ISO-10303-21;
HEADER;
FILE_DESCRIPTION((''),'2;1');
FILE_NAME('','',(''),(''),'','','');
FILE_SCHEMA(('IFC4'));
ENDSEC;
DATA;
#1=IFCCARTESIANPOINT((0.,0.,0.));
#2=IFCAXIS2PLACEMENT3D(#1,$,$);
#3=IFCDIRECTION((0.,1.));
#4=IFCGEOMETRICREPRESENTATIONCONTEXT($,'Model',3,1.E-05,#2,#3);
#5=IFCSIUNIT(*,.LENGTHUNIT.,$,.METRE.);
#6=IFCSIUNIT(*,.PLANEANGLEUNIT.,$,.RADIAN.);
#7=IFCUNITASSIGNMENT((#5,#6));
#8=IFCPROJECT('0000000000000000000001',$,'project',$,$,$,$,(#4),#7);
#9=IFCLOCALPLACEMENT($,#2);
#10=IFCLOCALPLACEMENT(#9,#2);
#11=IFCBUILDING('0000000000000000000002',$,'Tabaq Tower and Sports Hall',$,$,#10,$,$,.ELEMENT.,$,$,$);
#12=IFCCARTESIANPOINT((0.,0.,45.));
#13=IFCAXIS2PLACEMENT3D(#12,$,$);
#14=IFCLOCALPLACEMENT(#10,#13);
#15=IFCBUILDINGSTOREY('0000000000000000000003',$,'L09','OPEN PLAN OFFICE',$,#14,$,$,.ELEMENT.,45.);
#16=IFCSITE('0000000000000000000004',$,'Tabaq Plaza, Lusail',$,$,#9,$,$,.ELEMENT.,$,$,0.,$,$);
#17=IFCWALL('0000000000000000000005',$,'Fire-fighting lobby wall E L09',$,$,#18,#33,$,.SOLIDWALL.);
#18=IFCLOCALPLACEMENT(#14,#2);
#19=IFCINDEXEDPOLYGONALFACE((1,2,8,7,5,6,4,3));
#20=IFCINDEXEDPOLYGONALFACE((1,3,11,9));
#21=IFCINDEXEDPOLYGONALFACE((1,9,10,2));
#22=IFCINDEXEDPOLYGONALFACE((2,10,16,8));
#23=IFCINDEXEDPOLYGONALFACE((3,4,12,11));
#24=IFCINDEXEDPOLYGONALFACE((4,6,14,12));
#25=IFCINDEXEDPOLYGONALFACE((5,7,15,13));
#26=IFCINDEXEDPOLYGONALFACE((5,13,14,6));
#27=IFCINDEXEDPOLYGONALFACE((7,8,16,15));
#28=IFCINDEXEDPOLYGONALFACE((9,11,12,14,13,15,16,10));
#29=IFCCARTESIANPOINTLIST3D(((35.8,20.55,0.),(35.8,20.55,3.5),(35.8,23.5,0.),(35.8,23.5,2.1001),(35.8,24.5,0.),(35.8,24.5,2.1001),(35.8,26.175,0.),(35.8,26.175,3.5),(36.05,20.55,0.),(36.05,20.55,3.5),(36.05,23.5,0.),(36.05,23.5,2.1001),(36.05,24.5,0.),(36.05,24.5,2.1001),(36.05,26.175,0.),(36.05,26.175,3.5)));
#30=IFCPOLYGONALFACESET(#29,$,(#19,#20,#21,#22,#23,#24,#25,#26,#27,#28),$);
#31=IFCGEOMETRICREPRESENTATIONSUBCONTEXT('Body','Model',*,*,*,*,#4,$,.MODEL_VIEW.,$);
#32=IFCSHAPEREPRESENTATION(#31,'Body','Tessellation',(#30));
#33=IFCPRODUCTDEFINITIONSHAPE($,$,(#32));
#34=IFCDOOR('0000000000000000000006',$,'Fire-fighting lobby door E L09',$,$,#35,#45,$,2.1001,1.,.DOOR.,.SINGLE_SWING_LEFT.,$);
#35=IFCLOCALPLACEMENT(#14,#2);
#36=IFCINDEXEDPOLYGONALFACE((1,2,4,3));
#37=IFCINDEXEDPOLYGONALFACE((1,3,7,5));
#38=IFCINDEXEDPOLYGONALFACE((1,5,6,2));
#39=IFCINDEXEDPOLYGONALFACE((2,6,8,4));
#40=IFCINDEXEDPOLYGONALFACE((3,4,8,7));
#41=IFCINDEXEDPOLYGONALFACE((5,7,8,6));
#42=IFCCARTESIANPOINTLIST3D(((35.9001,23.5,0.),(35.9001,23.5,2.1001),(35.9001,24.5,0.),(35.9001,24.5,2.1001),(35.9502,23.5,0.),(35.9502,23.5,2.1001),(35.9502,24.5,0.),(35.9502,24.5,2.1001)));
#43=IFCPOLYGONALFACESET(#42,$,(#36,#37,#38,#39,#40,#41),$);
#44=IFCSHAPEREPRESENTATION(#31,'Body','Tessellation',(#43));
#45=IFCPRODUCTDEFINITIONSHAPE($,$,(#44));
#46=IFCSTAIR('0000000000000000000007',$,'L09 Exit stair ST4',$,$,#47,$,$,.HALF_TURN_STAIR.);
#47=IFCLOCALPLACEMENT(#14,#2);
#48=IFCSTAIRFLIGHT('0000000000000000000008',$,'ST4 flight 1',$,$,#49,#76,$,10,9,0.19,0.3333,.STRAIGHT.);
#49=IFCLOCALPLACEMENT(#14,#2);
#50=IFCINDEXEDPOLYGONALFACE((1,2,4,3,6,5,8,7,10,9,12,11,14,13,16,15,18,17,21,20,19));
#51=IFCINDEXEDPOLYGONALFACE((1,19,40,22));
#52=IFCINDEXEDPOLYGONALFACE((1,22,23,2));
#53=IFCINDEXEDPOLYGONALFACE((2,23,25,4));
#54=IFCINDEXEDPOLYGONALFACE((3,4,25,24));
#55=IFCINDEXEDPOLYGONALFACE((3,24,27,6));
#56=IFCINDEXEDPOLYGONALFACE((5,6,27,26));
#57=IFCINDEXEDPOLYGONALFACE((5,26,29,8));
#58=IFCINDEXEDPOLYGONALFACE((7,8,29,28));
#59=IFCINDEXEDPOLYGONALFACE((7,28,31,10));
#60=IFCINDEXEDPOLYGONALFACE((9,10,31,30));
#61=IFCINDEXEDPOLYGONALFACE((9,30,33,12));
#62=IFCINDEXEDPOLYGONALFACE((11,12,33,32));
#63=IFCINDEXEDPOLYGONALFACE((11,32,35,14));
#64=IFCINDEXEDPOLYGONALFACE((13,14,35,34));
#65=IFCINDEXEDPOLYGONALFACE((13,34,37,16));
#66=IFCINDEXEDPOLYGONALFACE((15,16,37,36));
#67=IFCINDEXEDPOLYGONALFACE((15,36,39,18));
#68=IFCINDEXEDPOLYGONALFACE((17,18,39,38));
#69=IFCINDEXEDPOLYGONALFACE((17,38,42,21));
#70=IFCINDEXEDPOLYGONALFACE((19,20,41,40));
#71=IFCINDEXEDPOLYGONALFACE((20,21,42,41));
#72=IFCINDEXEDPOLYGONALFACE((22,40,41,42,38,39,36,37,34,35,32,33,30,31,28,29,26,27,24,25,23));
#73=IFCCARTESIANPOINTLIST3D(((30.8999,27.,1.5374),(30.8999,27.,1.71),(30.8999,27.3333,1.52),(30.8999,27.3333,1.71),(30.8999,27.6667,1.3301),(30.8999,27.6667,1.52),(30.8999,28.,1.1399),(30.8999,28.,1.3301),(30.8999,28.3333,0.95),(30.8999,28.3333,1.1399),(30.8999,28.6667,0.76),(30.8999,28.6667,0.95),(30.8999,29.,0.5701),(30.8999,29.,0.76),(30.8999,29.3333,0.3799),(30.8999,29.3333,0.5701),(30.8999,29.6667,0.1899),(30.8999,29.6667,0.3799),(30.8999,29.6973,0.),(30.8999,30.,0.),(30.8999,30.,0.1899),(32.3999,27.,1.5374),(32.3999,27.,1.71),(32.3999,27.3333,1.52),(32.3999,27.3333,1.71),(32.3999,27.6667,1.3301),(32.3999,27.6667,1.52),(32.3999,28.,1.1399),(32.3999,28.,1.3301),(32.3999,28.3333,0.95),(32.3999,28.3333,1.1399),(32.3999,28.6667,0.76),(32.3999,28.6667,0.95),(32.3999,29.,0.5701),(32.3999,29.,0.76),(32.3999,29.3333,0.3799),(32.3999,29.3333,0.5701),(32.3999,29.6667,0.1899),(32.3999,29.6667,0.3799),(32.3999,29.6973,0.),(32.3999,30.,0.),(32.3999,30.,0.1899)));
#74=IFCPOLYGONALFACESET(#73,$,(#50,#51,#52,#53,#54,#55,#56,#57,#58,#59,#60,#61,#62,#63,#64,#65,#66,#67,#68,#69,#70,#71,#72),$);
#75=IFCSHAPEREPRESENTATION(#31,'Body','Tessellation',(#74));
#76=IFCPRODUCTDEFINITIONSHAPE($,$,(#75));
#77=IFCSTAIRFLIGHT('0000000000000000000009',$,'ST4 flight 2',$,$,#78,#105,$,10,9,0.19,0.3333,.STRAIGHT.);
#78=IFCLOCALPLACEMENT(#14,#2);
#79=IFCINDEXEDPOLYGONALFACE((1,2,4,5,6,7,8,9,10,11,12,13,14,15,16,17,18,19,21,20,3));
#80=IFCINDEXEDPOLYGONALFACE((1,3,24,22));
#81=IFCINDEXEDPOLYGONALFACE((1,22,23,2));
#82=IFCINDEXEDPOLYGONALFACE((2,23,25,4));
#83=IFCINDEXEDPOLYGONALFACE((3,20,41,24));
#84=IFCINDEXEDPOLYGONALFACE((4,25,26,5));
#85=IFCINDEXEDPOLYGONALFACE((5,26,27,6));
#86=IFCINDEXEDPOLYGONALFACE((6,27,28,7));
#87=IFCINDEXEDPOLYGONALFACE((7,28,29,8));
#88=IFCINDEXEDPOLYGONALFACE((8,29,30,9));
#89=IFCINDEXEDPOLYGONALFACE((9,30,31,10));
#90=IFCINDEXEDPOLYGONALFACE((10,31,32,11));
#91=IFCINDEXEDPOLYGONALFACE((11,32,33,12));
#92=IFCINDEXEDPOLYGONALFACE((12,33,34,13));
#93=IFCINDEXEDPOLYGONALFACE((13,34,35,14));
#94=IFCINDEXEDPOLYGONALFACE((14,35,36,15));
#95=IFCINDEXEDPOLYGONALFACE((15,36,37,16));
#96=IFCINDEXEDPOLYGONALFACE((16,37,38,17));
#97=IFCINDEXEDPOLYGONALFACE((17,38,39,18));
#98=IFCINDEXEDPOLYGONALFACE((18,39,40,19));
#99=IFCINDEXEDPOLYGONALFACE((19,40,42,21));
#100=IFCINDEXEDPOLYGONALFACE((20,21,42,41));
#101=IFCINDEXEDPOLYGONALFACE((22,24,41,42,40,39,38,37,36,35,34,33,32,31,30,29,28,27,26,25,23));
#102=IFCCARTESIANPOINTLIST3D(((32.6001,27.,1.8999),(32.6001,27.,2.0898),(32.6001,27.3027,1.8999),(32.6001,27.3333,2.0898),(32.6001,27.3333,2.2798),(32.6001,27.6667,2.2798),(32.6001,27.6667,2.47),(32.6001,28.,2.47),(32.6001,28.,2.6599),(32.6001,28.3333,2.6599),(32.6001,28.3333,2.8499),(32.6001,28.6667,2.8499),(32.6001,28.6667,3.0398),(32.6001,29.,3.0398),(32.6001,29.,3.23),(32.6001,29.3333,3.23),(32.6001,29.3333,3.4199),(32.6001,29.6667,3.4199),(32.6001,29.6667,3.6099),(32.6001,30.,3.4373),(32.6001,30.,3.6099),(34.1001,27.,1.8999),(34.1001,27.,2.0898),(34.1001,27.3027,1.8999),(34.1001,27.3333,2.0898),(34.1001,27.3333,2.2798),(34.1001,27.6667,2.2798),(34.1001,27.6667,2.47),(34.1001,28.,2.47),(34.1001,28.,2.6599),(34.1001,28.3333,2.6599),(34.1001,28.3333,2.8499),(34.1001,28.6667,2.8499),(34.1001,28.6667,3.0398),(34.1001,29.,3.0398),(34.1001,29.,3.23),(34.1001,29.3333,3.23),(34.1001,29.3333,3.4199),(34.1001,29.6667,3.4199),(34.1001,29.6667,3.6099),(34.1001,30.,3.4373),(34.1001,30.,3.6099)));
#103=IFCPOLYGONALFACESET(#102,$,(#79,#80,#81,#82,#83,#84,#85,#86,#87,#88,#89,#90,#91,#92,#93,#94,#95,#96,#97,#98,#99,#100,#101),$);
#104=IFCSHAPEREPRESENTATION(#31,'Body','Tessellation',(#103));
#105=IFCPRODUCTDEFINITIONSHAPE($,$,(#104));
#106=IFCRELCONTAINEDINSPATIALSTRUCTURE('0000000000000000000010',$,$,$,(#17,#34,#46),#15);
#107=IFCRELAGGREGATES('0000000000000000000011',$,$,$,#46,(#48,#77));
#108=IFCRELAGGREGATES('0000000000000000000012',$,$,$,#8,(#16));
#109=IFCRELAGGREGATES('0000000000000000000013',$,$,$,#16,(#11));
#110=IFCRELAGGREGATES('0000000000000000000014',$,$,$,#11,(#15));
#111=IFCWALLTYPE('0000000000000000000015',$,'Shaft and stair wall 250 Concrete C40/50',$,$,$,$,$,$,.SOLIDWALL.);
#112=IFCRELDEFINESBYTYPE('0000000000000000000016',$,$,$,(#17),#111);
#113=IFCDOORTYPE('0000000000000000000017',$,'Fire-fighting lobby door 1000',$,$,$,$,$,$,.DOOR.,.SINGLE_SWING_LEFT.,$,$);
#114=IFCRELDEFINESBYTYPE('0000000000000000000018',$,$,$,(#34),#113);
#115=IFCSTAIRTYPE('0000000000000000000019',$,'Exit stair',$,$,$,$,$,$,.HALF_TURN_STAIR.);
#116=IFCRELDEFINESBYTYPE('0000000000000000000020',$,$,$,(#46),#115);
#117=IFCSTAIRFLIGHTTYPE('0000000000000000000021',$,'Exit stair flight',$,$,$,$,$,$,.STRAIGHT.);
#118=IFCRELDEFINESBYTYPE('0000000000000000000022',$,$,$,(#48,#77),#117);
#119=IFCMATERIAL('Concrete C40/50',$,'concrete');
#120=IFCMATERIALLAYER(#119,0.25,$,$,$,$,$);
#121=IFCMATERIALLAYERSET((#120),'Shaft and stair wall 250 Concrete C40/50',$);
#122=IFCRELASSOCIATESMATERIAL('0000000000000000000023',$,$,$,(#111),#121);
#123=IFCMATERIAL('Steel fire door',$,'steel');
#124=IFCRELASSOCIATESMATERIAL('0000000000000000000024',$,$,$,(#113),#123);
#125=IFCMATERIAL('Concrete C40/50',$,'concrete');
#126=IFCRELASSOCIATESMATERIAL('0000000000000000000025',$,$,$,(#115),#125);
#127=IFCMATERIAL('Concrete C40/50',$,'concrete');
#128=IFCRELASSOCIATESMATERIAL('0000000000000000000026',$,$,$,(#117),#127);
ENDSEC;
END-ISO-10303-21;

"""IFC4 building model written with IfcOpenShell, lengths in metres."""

from ifc_helpers import new_model, si_unit, direction, frame, frame_2d, origin, place, context, subcontext, project, spatial, polyline, rectangle, outline, extrude, material, layer, layer_set, type_object, element, fill, aggregate, save


model = new_model("IFC4")

# Units and contexts
model_context = context("Model", 3, precision=1e-05, world=origin(), true_north=direction((0.0, 1.0)))
body_context = subcontext(model_context, "Body", "Model", "MODEL_VIEW")
ifc_project = project(units=[si_unit("LENGTHUNIT", "METRE"), si_unit("PLANEANGLEUNIT", "RADIAN")], contexts=[model_context])

# Site, building, storey
site_placement = place(None, origin())
site = spatial("IfcSite", under=ifc_project, at=site_placement, Name="Tabaq Plaza, Lusail", CompositionType="ELEMENT", RefElevation=0.0)
building_placement = place(site_placement, origin())
building = spatial("IfcBuilding", under=site, at=building_placement, Name="Tabaq Tower and Sports Hall", CompositionType="ELEMENT")
storey_placement = place(building_placement, frame((0.0, 0.0, 45.0)))
storey = spatial("IfcBuildingStorey", under=building, at=storey_placement, Name="L09", Description="OPEN PLAN OFFICE", CompositionType="ELEMENT", Elevation=45.0)

# Shared definitions
ifc_material_1 = material(Name="Concrete C40/50", Category="concrete")
ifc_layer_1 = layer(ifc_material_1, 0.25)
ifc_layer_set_1 = layer_set([ifc_layer_1], Name="Shaft and stair wall 250 Concrete C40/50")
wall_type_1 = type_object("IfcWallType", Name="Shaft and stair wall 250 Concrete C40/50", PredefinedType="SOLIDWALL", material=ifc_layer_set_1)

# Shared definitions
ifc_material_2 = material(Name="Steel fire door", Category="steel")
door_type_1 = type_object("IfcDoorType", Name="Fire-fighting lobby door 1000", OperationType="SINGLE_SWING_LEFT", PredefinedType="DOOR", material=ifc_material_2)

# Wall, opening, door
wall_1_placement = place(storey_placement, frame((35.925, 20.55, 0.0), z_axis=(0.0, 0.0, 1.0), x_axis=(0.0, 1.0, 0.0)))
wall_1 = element("IfcWall", 1, at=wall_1_placement, inside=storey, type_object=wall_type_1, Name="Fire-fighting lobby wall E L09", PredefinedType="SOLIDWALL", context=body_context, shape_type="SweptSolid", body=[
    extrude(rectangle(XDim=5.625, YDim=0.25, at=frame_2d((2.8125, 0.0))), origin(), (0.0, 0.0, 1.0), 3.5),
])
opening_1_placement = place(wall_1_placement, frame((2.95, 0.0, 0.0)))
opening_1 = element("IfcOpeningElement", 2, at=opening_1_placement, cuts=wall_1, PredefinedType="OPENING", context=body_context, shape_type="SweptSolid", body=[
    extrude(rectangle(XDim=1.0, YDim=2.1001, at=frame_2d((0.5, 1.05))), frame((0.0, 0.125, 0.0), z_axis=(0.0, -1.0, 0.0), x_axis=(1.0, 0.0, 0.0)), (0.0, 0.0, 1.0), 0.25),
])
door_1_placement = place(opening_1_placement, origin())
door_1 = element("IfcDoor", 3, at=door_1_placement, inside=storey, type_object=door_type_1, Name="Fire-fighting lobby door E L09", OperationType="SINGLE_SWING_LEFT", OverallHeight=2.1001, OverallWidth=1.0, PredefinedType="DOOR", context=body_context, shape_type="SweptSolid", body=[
    extrude(rectangle(XDim=1.0, YDim=2.1001, at=frame_2d((0.5, 1.05))), frame((0.0, 0.0249, 0.0), z_axis=(0.0, -1.0, 0.0), x_axis=(1.0, 0.0, 0.0)), (0.0, 0.0, 1.0), 0.05),
])
fill(opening_1, door_1)

# Stair, stair flights
ifc_material_3 = material(Name="Concrete C40/50", Category="concrete")
stair_type = type_object("IfcStairType", Name="Exit stair", PredefinedType="HALF_TURN_STAIR", material=ifc_material_3)
stair_placement = place(storey_placement, origin())
stair = element("IfcStair", 4, at=stair_placement, inside=storey, type_object=stair_type, Name="L09 Exit stair ST4", PredefinedType="HALF_TURN_STAIR")
ifc_material_4 = material(Name="Concrete C40/50", Category="concrete")
stair_flight_type = type_object("IfcStairFlightType", Name="Exit stair flight", PredefinedType="STRAIGHT", material=ifc_material_4)
stair_flight_1_placement = place(storey_placement, frame((31.6499, 30.0, 0.0), z_axis=(0.0, 0.0, 1.0), x_axis=(0.0, -1.0, 0.0)))
stair_flight_1 = element("IfcStairFlight", 5, at=stair_flight_1_placement, type_object=stair_flight_type, Name="ST4 flight 1", NumberOfRisers=10, NumberOfTreads=9, PredefinedType="STRAIGHT", RiserHeight=0.19, TreadLength=0.3333, context=body_context, shape_type="SweptSolid", body=[
    extrude(outline(polyline([(0.0, 0.0), (0.0, 0.1899), (0.3333, 0.1899), (0.3333, 0.3799), (0.6667, 0.3799), (0.6667, 0.5701), (1.0, 0.5701), (1.0, 0.76), (1.3333, 0.76), (1.3333, 0.95), (1.6667, 0.95), (1.6667, 1.1399), (2.0, 1.1399), (2.0, 1.3301), (2.3333, 1.3301), (2.3333, 1.52), (2.6667, 1.52), (2.6667, 1.71), (3.0, 1.71), (3.0, 1.8999), (3.0, 1.5374), (0.3027, 0.0), (0.0, 0.0)])), frame((0.0, 0.75, 0.0), z_axis=(0.0, -1.0, 0.0), x_axis=(1.0, 0.0, 0.0)), (0.0, 0.0, 1.0), 1.5),
])
stair_flight_2_placement = place(storey_placement, frame((33.3501, 27.0, 1.8999), z_axis=(0.0, 0.0, 1.0), x_axis=(0.0, 1.0, 0.0)))
stair_flight_2 = element("IfcStairFlight", 6, at=stair_flight_2_placement, type_object=stair_flight_type, Name="ST4 flight 2", NumberOfRisers=10, NumberOfTreads=9, PredefinedType="STRAIGHT", RiserHeight=0.19, TreadLength=0.3333, context=body_context, shape_type="SweptSolid", body=[
    extrude(outline(polyline([(0.0, 0.0), (0.0, 0.1899), (0.3333, 0.1899), (0.3333, 0.3799), (0.6667, 0.3799), (0.6667, 0.5701), (1.0, 0.5701), (1.0, 0.76), (1.3333, 0.76), (1.3333, 0.95), (1.6667, 0.95), (1.6667, 1.1399), (2.0, 1.1399), (2.0, 1.3301), (2.3333, 1.3301), (2.3333, 1.52), (2.6667, 1.52), (2.6667, 1.71), (3.0, 1.71), (3.0, 1.8999), (3.0, 1.5374), (0.3027, 0.0), (0.0, 0.0)])), frame((0.0, 0.75, 0.0), z_axis=(0.0, -1.0, 0.0), x_axis=(1.0, 0.0, 0.0)), (0.0, 0.0, 1.0), 1.5),
])
aggregate(stair, [stair_flight_1, stair_flight_2])

save(model, "model.ifc")
